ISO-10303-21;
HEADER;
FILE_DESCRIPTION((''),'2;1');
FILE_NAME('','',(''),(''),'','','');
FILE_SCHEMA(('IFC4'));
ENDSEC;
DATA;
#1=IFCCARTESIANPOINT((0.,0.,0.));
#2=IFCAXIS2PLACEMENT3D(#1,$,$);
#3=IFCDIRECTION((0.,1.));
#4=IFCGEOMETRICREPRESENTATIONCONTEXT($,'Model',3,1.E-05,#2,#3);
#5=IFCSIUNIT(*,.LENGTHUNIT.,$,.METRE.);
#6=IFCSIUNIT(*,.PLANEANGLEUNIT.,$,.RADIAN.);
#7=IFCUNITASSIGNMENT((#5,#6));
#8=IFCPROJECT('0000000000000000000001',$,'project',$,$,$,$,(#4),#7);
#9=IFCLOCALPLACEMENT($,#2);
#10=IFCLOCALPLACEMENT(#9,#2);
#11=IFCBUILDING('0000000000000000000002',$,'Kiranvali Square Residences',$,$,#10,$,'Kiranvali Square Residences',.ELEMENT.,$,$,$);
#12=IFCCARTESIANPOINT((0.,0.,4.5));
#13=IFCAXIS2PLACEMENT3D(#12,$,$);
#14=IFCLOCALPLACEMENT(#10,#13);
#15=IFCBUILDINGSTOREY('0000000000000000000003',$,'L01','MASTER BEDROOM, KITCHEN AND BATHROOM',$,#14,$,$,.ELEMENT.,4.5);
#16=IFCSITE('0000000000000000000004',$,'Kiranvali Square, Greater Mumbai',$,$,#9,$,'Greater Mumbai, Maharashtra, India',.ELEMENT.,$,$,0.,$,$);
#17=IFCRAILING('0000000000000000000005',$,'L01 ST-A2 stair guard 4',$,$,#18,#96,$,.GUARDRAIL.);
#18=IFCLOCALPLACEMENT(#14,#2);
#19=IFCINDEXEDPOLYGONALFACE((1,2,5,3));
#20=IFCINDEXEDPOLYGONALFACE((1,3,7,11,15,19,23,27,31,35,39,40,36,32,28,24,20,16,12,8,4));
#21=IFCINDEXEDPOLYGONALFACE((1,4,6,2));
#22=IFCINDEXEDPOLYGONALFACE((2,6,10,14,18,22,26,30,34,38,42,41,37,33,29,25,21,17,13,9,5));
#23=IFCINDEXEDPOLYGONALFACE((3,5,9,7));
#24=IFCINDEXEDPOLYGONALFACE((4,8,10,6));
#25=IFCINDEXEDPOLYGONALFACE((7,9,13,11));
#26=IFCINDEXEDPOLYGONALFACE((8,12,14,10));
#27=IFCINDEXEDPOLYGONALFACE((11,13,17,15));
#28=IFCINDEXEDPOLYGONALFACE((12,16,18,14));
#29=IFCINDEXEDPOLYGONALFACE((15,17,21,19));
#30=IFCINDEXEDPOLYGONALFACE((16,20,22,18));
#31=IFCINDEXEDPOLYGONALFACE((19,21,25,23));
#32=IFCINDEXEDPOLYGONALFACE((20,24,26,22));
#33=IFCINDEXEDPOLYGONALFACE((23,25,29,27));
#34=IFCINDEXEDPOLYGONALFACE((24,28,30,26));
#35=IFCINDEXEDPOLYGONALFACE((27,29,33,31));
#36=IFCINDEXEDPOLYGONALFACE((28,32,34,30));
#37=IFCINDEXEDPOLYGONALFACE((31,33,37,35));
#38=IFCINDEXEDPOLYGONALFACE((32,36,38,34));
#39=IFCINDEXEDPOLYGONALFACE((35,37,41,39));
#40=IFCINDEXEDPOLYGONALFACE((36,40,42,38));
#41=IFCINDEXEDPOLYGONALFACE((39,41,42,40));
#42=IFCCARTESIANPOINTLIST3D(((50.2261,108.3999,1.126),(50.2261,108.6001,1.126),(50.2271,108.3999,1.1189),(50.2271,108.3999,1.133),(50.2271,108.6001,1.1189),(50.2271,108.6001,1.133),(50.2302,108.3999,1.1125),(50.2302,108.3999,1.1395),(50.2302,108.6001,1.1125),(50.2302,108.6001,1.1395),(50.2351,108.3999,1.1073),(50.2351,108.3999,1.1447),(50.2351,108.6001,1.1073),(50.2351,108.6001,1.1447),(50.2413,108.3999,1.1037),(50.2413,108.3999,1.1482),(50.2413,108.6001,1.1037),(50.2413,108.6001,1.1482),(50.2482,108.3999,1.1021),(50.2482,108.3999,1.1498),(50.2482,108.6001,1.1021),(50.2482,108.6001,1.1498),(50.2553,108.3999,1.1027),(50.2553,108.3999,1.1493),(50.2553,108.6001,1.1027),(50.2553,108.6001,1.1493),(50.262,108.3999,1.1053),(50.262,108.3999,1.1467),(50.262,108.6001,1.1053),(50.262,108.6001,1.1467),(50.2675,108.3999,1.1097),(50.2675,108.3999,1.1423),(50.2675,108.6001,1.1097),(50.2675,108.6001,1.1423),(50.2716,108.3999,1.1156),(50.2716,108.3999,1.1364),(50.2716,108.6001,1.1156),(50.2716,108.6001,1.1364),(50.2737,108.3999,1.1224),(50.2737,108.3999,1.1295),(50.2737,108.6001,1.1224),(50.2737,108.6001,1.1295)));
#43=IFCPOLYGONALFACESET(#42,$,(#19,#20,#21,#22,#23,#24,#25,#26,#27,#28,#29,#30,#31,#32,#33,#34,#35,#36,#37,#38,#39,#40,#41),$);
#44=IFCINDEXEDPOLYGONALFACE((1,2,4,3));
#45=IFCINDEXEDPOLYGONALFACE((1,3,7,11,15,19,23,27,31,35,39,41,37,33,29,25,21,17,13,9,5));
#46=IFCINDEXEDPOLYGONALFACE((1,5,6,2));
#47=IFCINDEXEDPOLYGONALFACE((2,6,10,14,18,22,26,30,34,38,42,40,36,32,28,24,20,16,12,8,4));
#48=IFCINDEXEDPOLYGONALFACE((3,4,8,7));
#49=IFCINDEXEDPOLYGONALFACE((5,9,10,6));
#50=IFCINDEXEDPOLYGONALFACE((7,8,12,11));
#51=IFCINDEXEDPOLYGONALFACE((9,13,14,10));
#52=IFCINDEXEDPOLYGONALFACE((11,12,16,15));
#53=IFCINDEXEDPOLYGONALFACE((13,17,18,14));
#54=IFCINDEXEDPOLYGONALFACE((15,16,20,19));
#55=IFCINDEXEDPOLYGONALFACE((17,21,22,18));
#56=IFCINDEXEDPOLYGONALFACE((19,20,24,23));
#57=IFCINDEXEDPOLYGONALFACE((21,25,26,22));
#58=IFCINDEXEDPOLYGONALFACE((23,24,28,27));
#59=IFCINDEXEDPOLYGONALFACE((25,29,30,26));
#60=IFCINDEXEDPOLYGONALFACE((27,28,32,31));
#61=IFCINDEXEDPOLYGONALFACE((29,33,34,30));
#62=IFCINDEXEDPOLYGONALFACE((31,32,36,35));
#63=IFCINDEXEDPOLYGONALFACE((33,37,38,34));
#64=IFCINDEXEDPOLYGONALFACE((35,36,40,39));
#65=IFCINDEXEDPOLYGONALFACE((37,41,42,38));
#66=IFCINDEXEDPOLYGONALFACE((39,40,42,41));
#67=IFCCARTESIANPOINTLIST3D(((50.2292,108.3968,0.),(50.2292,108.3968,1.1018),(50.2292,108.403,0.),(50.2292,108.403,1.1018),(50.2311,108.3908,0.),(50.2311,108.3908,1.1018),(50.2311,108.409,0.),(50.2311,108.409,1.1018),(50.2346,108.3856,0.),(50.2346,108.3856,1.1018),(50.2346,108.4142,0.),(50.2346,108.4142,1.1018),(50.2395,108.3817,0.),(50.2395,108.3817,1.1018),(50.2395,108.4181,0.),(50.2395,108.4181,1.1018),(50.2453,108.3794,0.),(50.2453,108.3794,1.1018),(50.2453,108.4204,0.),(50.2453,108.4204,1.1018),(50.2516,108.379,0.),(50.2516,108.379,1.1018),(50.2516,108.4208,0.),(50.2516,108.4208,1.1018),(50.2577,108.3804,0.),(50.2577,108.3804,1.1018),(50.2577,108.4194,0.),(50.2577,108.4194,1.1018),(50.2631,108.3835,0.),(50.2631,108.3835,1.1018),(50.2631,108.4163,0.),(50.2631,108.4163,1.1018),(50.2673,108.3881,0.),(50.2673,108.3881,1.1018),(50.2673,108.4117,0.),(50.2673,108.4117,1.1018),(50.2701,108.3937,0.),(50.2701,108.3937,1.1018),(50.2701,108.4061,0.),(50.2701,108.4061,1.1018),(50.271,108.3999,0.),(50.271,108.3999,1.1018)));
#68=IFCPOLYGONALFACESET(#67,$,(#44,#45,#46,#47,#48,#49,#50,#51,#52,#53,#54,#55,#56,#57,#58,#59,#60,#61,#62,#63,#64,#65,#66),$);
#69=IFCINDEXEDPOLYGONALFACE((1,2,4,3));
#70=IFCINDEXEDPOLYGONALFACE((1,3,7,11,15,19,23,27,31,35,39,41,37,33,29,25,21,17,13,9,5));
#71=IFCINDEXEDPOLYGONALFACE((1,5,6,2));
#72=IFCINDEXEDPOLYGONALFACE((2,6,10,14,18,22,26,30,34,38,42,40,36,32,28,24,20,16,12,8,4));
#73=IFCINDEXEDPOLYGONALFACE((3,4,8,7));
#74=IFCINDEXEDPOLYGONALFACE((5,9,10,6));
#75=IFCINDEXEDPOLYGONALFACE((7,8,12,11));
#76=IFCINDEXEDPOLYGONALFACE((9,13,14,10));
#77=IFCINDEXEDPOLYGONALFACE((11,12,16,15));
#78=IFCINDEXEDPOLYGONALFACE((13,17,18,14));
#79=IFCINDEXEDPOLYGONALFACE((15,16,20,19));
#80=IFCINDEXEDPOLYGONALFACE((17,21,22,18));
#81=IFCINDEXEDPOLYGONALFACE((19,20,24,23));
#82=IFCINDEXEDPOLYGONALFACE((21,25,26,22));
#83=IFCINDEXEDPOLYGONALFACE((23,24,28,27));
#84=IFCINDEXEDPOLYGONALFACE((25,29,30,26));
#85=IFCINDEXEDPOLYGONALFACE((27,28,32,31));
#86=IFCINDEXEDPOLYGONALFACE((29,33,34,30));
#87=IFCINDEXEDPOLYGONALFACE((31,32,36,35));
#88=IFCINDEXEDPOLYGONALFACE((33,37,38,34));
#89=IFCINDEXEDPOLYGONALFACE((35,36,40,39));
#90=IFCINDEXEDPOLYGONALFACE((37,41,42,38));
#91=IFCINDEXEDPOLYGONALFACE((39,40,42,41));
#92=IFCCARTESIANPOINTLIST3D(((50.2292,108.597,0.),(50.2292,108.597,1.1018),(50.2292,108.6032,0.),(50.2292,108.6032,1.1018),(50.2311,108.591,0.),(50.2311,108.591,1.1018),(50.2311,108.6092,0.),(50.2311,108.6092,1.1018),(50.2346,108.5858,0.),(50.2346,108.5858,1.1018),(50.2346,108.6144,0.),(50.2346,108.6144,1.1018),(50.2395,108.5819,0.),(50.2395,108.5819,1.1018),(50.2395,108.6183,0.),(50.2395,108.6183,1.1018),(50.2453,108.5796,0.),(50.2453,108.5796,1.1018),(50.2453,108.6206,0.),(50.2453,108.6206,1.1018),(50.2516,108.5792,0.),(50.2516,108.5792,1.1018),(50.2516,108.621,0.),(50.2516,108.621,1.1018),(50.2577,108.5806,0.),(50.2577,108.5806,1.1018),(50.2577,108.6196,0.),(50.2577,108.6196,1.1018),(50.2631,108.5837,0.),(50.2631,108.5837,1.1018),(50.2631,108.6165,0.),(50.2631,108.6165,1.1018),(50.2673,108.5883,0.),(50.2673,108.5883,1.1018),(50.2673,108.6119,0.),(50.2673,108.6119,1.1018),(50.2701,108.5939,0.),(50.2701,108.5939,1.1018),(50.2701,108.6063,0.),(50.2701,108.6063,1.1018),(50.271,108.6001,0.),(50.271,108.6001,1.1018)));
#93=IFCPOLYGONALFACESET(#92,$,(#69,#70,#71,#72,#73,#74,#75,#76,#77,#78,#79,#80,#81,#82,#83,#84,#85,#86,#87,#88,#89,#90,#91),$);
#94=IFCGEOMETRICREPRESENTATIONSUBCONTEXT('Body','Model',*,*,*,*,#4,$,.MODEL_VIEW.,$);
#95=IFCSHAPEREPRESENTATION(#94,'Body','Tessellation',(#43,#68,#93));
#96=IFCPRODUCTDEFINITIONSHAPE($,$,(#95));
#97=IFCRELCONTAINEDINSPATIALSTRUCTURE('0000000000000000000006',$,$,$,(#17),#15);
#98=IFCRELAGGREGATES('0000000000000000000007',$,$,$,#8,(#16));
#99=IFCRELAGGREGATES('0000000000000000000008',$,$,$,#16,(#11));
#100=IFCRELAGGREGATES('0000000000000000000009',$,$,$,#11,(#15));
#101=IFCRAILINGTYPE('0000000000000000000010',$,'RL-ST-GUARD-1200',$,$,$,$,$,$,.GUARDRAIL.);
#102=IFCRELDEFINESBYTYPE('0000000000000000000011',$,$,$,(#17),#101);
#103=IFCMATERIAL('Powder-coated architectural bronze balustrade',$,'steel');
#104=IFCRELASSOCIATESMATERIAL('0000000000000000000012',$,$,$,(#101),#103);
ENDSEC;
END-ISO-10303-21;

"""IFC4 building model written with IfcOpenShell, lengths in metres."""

from ifc_helpers import new_model, si_unit, direction, frame, origin, origin_2d, place, context, subcontext, project, spatial, circle, extrude, material, type_object, element, save


model = new_model("IFC4")

# Units and contexts
model_context = context("Model", 3, precision=1e-05, world=origin(), true_north=direction((0.0, 1.0)))
body_context = subcontext(model_context, "Body", "Model", "MODEL_VIEW")
ifc_project = project(units=[si_unit("LENGTHUNIT", "METRE"), si_unit("PLANEANGLEUNIT", "RADIAN")], contexts=[model_context])

# Site, building, storey
site_placement = place(None, origin())
site = spatial("IfcSite", under=ifc_project, at=site_placement, Name="Kiranvali Square, Greater Mumbai", LongName="Greater Mumbai, Maharashtra, India", CompositionType="ELEMENT", RefElevation=0.0)
building_placement = place(site_placement, origin())
building = spatial("IfcBuilding", under=site, at=building_placement, Name="Kiranvali Square Residences", LongName="Kiranvali Square Residences", CompositionType="ELEMENT")
storey_placement = place(building_placement, frame((0.0, 0.0, 4.5)))
storey = spatial("IfcBuildingStorey", under=building, at=storey_placement, Name="L01", Description="MASTER BEDROOM, KITCHEN AND BATHROOM", CompositionType="ELEMENT", Elevation=4.5)

# Railing
ifc_material_1 = material(Name="Powder-coated architectural bronze balustrade", Category="steel")
railing_type_1 = type_object("IfcRailingType", Name="RL-ST-GUARD-1200", PredefinedType="GUARDRAIL", material=ifc_material_1)
railing_1_placement = place(storey_placement, frame((50.25, 108.3999, 0.0)))
element("IfcRailing", 1, at=railing_1_placement, inside=storey, type_object=railing_type_1, Name="L01 ST-A2 stair guard 4", PredefinedType="GUARDRAIL", context=body_context, shape_type="SweptSolid", body=[
    extrude(circle(Radius=0.0239, at=origin_2d()), frame((0.0, 0.0, 1.126), z_axis=(0.0, 1.0, 0.0), x_axis=(-1.0, 0.0, 0.0)), (0.0, 0.0, 1.0), 0.2002),
    extrude(circle(Radius=0.021, at=origin_2d()), origin(), (0.0, 0.0, 1.0), 1.1018),
    extrude(circle(Radius=0.021, at=origin_2d()), frame((0.0, 0.2002, 0.0)), (0.0, 0.0, 1.0), 1.1018),
])

save(model, "model.ifc")
